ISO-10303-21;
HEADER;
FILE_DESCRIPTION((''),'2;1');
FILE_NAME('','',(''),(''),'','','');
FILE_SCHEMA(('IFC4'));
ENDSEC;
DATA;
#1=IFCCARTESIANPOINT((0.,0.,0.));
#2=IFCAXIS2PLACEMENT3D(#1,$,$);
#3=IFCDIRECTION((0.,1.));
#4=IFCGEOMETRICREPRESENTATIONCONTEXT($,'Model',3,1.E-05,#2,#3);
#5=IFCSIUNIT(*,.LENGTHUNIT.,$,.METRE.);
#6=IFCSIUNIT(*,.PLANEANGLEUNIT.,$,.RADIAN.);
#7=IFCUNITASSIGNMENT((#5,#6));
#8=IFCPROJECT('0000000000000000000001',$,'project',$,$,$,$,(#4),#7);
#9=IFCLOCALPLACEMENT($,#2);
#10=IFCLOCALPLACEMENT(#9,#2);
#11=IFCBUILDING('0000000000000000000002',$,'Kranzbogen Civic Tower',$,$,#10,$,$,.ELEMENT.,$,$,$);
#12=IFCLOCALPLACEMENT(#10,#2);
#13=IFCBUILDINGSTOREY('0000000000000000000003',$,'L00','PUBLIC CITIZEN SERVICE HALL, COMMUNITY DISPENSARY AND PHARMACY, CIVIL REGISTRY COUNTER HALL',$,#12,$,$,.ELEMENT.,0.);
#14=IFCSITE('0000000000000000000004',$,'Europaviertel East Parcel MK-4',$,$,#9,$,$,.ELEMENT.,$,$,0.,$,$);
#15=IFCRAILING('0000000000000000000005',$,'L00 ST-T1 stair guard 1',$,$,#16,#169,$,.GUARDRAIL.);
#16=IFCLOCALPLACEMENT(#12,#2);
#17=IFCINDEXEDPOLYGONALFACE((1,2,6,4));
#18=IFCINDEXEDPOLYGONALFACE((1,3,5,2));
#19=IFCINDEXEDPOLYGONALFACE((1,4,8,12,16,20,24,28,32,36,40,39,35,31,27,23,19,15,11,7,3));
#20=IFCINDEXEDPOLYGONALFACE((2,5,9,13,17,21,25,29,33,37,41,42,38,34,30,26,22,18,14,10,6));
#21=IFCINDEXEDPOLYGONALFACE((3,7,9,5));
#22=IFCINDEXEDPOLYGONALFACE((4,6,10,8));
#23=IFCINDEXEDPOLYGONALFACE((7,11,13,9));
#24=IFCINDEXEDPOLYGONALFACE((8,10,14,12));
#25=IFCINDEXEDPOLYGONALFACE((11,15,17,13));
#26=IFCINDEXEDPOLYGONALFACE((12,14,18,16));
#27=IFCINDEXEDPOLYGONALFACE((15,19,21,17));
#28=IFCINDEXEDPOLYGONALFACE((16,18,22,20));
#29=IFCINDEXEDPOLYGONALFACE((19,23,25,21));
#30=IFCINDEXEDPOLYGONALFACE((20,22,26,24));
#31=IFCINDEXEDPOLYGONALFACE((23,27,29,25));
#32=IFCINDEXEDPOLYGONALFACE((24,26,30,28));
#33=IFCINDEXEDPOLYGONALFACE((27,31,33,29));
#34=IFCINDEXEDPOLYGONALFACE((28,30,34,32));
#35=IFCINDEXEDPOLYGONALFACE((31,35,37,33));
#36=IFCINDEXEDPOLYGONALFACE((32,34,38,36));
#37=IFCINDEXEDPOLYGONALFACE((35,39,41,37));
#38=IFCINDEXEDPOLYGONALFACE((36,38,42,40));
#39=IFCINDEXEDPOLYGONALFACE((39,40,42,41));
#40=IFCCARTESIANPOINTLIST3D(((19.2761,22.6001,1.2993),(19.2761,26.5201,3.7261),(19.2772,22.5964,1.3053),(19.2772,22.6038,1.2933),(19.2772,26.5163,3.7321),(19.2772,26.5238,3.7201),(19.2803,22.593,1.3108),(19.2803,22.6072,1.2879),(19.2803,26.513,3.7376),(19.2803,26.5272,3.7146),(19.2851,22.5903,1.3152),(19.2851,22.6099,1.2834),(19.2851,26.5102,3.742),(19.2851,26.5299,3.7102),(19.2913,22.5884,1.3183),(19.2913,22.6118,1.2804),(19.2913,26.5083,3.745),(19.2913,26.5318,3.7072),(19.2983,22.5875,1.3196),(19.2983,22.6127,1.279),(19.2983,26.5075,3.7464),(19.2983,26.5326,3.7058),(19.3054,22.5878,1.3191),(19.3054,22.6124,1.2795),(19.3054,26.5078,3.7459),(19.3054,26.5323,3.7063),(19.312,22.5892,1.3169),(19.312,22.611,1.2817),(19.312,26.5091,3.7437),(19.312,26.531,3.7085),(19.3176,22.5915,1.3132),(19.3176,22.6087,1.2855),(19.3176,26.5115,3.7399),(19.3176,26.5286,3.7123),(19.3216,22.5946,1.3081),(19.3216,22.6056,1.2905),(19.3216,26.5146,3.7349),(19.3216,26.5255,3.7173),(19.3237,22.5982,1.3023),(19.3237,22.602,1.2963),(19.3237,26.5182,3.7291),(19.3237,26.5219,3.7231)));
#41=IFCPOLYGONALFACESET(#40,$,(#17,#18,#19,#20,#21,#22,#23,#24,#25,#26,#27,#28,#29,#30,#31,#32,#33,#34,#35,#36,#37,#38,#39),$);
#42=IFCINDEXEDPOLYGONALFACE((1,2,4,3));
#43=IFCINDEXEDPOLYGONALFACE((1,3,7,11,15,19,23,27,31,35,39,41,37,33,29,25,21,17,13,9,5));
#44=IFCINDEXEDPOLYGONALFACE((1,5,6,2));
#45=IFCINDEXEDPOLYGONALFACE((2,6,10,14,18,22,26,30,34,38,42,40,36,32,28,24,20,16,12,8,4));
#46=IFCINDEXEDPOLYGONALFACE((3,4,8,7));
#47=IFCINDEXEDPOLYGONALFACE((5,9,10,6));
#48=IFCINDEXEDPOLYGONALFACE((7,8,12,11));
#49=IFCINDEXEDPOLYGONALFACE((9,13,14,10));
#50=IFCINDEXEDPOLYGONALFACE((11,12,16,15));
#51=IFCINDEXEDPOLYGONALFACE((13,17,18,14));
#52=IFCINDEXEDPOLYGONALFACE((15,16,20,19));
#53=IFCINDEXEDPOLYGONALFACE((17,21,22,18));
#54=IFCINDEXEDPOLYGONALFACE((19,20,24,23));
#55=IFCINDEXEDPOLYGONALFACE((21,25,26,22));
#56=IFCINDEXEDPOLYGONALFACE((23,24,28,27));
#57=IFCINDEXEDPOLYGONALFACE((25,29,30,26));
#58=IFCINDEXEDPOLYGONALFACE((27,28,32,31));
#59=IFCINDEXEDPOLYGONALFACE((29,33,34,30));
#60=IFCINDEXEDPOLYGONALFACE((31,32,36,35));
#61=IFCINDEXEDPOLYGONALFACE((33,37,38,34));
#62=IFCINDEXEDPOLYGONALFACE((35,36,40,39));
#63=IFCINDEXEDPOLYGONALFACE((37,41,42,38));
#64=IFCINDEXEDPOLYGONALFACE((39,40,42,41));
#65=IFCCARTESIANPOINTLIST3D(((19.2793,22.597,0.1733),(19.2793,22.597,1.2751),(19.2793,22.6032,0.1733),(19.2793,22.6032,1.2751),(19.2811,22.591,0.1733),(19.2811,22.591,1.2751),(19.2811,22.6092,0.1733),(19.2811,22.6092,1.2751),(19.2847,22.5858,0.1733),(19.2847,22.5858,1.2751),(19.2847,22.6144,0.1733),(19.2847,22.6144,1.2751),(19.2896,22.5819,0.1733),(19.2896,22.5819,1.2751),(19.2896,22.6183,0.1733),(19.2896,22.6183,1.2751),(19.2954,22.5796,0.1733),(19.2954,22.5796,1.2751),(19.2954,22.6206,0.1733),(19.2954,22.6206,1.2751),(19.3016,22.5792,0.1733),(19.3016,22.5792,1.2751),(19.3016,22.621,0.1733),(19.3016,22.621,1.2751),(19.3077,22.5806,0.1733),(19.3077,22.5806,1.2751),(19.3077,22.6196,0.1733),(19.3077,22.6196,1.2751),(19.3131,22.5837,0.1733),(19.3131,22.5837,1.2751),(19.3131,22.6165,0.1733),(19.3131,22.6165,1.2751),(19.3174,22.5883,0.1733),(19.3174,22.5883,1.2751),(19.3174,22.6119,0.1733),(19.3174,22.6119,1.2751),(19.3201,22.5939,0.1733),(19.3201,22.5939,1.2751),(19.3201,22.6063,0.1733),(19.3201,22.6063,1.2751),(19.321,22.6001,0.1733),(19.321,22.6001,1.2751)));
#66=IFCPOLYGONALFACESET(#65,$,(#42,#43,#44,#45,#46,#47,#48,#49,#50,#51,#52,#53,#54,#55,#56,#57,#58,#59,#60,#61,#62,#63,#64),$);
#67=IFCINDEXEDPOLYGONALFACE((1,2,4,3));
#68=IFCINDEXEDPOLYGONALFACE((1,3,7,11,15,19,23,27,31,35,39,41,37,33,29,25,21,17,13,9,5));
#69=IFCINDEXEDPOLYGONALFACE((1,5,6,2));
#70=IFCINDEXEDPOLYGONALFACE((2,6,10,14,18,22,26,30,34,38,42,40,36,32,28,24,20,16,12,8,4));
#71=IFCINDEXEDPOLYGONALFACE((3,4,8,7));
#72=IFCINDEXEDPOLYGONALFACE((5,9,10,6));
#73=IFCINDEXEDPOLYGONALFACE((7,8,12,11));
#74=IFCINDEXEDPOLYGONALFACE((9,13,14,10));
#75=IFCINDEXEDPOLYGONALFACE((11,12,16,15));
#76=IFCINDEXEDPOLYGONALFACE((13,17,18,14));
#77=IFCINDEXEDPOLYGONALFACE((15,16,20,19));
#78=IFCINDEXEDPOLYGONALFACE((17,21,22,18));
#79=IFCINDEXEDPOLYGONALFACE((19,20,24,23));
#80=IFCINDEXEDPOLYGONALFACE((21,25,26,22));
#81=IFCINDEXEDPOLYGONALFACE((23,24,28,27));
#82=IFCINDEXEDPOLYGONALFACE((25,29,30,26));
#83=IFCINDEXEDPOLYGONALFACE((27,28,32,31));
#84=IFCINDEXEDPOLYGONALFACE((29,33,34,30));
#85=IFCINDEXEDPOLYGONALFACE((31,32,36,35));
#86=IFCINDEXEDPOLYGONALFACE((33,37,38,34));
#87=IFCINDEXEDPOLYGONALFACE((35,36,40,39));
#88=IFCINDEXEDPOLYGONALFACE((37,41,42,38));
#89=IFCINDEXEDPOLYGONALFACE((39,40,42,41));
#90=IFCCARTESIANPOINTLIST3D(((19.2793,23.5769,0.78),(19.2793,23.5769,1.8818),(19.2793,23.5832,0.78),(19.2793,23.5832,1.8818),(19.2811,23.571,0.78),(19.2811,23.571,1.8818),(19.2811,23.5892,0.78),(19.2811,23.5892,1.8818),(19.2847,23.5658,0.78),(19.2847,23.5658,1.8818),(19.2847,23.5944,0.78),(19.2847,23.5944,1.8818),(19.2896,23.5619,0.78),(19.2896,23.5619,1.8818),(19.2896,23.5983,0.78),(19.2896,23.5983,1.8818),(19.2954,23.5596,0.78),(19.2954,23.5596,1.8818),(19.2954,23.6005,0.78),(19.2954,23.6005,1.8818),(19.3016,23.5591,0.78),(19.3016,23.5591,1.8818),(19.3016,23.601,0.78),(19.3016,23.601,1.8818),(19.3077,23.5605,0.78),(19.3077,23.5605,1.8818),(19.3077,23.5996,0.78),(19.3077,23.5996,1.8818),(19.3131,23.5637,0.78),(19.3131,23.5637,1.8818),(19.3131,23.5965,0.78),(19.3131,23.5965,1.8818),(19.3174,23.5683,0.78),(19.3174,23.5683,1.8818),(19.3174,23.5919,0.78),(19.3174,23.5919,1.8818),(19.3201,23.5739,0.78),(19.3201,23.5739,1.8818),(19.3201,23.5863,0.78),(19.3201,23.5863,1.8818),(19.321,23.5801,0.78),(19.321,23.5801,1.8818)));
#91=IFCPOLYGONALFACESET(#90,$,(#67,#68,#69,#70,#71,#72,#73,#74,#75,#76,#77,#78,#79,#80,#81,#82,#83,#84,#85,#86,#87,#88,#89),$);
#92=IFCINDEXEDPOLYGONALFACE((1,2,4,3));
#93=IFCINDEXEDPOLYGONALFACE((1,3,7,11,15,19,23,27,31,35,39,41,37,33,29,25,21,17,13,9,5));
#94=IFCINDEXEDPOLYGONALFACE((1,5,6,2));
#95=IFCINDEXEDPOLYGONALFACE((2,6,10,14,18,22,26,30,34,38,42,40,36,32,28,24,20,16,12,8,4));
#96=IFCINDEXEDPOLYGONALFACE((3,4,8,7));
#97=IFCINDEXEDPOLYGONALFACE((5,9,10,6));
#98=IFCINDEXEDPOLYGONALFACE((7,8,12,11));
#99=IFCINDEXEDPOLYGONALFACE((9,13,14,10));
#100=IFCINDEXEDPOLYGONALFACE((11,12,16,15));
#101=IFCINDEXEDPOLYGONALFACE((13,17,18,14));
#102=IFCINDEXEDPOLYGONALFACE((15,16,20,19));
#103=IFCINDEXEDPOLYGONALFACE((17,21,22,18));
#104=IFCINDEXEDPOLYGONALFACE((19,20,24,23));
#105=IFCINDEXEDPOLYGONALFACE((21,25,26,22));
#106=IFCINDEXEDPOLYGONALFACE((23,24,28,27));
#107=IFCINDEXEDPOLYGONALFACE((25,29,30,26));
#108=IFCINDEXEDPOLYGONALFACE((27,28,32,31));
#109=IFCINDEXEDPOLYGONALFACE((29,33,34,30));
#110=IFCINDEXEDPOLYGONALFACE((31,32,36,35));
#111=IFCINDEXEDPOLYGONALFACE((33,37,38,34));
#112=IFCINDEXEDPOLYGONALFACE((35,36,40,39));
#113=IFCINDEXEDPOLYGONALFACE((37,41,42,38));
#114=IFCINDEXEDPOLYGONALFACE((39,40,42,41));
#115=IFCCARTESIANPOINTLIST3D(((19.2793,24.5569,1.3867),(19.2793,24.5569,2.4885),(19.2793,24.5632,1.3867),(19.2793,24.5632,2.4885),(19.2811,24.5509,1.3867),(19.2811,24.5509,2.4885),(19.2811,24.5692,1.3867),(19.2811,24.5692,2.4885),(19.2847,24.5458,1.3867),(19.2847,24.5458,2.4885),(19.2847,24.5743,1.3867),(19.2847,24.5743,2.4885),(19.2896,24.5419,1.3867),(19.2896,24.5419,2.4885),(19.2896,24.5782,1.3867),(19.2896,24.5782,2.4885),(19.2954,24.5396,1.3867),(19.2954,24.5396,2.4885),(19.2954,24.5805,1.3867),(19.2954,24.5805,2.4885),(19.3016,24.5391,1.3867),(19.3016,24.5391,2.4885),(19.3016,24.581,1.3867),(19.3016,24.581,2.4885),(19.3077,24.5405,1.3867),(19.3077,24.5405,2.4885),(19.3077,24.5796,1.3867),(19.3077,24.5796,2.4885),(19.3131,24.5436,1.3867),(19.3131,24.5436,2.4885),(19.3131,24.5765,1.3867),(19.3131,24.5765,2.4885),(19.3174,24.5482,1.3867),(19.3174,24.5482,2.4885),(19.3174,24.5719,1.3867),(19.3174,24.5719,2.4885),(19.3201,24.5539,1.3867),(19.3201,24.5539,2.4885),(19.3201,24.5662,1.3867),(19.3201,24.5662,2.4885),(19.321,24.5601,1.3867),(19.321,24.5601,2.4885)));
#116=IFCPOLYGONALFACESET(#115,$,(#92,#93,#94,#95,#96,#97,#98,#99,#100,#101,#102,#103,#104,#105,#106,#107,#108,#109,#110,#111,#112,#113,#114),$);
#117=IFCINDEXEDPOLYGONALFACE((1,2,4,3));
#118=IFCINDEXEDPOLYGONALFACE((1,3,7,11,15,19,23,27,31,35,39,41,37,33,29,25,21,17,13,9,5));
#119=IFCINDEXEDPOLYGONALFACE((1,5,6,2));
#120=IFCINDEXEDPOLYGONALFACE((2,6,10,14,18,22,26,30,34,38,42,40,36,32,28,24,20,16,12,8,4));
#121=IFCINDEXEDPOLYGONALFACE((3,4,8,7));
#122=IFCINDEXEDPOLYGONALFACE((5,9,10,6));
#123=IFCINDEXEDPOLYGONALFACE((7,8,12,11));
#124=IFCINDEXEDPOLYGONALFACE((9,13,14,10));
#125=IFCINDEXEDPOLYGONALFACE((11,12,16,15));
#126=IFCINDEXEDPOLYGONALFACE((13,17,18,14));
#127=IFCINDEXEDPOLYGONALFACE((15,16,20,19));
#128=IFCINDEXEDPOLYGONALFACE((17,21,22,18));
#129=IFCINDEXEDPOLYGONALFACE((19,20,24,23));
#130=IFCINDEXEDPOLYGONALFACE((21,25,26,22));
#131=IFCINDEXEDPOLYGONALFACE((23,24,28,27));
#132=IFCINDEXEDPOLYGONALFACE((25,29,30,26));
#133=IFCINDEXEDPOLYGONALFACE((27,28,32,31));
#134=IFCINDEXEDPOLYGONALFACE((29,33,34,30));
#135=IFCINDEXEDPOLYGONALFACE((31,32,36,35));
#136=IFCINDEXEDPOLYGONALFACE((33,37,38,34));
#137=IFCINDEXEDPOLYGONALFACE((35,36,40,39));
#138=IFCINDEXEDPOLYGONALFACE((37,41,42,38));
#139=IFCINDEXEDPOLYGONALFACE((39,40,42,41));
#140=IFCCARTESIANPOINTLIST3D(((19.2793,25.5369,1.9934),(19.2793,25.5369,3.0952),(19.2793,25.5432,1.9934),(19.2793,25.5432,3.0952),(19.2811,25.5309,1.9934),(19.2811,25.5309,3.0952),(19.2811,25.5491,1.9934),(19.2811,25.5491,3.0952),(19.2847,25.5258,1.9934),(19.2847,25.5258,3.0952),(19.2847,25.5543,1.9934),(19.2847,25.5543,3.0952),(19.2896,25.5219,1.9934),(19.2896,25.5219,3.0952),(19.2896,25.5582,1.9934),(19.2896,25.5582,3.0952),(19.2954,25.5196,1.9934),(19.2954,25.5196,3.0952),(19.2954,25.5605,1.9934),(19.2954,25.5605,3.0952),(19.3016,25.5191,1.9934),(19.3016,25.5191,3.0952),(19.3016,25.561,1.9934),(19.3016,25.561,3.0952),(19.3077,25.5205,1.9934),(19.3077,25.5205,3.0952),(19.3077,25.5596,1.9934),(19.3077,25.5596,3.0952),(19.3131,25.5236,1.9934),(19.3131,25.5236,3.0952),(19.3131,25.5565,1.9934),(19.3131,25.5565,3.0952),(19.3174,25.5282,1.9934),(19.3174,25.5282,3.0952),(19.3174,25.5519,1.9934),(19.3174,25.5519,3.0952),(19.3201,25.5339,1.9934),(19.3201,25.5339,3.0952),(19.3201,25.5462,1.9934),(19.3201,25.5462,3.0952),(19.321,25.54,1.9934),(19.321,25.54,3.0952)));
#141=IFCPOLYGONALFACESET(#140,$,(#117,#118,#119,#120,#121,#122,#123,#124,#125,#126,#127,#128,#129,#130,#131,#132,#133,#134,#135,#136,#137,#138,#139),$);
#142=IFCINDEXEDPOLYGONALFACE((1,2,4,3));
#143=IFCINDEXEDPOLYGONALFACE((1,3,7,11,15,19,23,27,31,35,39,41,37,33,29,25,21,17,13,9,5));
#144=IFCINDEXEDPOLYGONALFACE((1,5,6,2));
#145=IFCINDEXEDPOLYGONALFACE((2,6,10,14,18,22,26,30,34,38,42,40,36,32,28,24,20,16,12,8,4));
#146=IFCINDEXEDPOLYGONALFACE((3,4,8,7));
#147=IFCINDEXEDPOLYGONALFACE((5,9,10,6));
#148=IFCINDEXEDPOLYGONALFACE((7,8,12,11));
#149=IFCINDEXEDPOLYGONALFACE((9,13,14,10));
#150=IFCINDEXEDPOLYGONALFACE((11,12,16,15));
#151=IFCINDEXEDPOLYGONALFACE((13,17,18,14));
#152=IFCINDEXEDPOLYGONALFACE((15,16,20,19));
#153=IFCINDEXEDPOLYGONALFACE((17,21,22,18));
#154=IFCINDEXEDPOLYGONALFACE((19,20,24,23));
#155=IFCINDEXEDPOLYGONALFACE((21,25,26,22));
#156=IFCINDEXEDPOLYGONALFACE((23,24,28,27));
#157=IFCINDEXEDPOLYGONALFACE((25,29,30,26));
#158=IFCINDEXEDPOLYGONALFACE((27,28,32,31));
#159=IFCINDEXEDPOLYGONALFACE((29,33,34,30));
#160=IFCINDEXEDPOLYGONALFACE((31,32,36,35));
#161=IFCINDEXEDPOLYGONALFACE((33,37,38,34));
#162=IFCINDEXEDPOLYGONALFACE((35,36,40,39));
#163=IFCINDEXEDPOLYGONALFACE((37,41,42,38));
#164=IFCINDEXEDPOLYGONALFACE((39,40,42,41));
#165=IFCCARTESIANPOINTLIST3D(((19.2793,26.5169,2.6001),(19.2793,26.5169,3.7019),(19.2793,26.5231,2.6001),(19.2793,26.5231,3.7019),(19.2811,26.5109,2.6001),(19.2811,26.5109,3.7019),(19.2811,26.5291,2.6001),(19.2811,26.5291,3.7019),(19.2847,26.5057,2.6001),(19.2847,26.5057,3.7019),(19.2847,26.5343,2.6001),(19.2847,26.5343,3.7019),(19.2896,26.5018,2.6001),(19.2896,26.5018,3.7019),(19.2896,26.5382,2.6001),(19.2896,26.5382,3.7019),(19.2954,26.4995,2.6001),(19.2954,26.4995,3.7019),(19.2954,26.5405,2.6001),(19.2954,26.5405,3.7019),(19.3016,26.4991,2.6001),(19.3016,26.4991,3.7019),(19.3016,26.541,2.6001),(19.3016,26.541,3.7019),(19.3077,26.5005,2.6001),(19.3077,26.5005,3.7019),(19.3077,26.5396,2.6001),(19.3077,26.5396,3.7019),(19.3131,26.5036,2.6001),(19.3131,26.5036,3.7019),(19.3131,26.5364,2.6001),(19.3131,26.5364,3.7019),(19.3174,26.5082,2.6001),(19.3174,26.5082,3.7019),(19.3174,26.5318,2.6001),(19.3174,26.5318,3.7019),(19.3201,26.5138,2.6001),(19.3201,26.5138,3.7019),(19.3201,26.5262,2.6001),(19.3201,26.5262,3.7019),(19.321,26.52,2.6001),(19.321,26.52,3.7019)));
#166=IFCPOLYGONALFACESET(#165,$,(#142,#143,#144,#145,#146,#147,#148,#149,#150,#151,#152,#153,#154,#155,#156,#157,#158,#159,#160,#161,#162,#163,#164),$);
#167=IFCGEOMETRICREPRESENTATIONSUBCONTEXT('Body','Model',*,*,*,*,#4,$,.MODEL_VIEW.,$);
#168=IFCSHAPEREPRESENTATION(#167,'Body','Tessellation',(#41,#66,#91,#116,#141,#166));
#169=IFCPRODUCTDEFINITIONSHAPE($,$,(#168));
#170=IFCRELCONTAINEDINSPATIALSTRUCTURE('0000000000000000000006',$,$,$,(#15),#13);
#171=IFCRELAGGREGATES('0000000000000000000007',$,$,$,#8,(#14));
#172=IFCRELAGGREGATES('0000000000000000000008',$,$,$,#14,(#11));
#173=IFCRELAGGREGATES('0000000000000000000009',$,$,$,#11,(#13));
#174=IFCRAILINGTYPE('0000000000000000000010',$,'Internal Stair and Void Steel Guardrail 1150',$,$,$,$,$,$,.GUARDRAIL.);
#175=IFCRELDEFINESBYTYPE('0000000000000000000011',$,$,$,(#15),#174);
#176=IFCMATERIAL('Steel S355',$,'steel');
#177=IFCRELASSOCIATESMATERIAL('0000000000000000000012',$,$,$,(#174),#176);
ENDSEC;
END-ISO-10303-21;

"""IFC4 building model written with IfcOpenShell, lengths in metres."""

from ifc_helpers import new_model, si_unit, direction, frame, origin, origin_2d, place, context, subcontext, project, spatial, circle, extrude, material, type_object, element, save


model = new_model("IFC4")

# Units and contexts
model_context = context("Model", 3, precision=1e-05, world=origin(), true_north=direction((0.0, 1.0)))
body_context = subcontext(model_context, "Body", "Model", "MODEL_VIEW")
ifc_project = project(units=[si_unit("LENGTHUNIT", "METRE"), si_unit("PLANEANGLEUNIT", "RADIAN")], contexts=[model_context])

# Site, building, storey
site_placement = place(None, origin())
site = spatial("IfcSite", under=ifc_project, at=site_placement, Name="Europaviertel East Parcel MK-4", CompositionType="ELEMENT", RefElevation=0.0)
building_placement = place(site_placement, origin())
building = spatial("IfcBuilding", under=site, at=building_placement, Name="Kranzbogen Civic Tower", CompositionType="ELEMENT")
storey_placement = place(building_placement, origin())
storey = spatial("IfcBuildingStorey", under=building, at=storey_placement, Name="L00", Description="PUBLIC CITIZEN SERVICE HALL, COMMUNITY DISPENSARY AND PHARMACY, CIVIL REGISTRY COUNTER HALL", CompositionType="ELEMENT", Elevation=0.0)

# Shared definitions
ifc_material_1 = material(Name="Steel S355", Category="steel")

# Railing
railing_type_1 = type_object("IfcRailingType", Name="Internal Stair and Void Steel Guardrail 1150", PredefinedType="GUARDRAIL", material=ifc_material_1)
railing_1_placement = place(storey_placement, frame((19.3, 22.6001, 0.1733)))
element("IfcRailing", 1, at=railing_1_placement, inside=storey, type_object=railing_type_1, Name="L00 ST-T1 stair guard 1", PredefinedType="GUARDRAIL", context=body_context, shape_type="SweptSolid", body=[
    extrude(circle(Radius=0.0239, at=origin_2d()), frame((0.0, 0.0, 1.126), z_axis=(0.0, 0.850252, 0.526376), x_axis=(-1.0, 0.0, 0.0)), (0.0, 0.0, 1.0), 4.6104),
    extrude(circle(Radius=0.021, at=origin_2d()), origin(), (0.0, 0.0, 1.0), 1.1018),
    extrude(circle(Radius=0.021, at=origin_2d()), frame((0.0, 0.98, 0.6067)), (0.0, 0.0, 1.0), 1.1018),
    extrude(circle(Radius=0.021, at=origin_2d()), frame((0.0, 1.96, 1.2134)), (0.0, 0.0, 1.0), 1.1018),
    extrude(circle(Radius=0.021, at=origin_2d()), frame((0.0, 2.9399, 1.8201)), (0.0, 0.0, 1.0), 1.1018),
    extrude(circle(Radius=0.021, at=origin_2d()), frame((0.0, 3.9199, 2.4268)), (0.0, 0.0, 1.0), 1.1018),
])

save(model, "model.ifc")
